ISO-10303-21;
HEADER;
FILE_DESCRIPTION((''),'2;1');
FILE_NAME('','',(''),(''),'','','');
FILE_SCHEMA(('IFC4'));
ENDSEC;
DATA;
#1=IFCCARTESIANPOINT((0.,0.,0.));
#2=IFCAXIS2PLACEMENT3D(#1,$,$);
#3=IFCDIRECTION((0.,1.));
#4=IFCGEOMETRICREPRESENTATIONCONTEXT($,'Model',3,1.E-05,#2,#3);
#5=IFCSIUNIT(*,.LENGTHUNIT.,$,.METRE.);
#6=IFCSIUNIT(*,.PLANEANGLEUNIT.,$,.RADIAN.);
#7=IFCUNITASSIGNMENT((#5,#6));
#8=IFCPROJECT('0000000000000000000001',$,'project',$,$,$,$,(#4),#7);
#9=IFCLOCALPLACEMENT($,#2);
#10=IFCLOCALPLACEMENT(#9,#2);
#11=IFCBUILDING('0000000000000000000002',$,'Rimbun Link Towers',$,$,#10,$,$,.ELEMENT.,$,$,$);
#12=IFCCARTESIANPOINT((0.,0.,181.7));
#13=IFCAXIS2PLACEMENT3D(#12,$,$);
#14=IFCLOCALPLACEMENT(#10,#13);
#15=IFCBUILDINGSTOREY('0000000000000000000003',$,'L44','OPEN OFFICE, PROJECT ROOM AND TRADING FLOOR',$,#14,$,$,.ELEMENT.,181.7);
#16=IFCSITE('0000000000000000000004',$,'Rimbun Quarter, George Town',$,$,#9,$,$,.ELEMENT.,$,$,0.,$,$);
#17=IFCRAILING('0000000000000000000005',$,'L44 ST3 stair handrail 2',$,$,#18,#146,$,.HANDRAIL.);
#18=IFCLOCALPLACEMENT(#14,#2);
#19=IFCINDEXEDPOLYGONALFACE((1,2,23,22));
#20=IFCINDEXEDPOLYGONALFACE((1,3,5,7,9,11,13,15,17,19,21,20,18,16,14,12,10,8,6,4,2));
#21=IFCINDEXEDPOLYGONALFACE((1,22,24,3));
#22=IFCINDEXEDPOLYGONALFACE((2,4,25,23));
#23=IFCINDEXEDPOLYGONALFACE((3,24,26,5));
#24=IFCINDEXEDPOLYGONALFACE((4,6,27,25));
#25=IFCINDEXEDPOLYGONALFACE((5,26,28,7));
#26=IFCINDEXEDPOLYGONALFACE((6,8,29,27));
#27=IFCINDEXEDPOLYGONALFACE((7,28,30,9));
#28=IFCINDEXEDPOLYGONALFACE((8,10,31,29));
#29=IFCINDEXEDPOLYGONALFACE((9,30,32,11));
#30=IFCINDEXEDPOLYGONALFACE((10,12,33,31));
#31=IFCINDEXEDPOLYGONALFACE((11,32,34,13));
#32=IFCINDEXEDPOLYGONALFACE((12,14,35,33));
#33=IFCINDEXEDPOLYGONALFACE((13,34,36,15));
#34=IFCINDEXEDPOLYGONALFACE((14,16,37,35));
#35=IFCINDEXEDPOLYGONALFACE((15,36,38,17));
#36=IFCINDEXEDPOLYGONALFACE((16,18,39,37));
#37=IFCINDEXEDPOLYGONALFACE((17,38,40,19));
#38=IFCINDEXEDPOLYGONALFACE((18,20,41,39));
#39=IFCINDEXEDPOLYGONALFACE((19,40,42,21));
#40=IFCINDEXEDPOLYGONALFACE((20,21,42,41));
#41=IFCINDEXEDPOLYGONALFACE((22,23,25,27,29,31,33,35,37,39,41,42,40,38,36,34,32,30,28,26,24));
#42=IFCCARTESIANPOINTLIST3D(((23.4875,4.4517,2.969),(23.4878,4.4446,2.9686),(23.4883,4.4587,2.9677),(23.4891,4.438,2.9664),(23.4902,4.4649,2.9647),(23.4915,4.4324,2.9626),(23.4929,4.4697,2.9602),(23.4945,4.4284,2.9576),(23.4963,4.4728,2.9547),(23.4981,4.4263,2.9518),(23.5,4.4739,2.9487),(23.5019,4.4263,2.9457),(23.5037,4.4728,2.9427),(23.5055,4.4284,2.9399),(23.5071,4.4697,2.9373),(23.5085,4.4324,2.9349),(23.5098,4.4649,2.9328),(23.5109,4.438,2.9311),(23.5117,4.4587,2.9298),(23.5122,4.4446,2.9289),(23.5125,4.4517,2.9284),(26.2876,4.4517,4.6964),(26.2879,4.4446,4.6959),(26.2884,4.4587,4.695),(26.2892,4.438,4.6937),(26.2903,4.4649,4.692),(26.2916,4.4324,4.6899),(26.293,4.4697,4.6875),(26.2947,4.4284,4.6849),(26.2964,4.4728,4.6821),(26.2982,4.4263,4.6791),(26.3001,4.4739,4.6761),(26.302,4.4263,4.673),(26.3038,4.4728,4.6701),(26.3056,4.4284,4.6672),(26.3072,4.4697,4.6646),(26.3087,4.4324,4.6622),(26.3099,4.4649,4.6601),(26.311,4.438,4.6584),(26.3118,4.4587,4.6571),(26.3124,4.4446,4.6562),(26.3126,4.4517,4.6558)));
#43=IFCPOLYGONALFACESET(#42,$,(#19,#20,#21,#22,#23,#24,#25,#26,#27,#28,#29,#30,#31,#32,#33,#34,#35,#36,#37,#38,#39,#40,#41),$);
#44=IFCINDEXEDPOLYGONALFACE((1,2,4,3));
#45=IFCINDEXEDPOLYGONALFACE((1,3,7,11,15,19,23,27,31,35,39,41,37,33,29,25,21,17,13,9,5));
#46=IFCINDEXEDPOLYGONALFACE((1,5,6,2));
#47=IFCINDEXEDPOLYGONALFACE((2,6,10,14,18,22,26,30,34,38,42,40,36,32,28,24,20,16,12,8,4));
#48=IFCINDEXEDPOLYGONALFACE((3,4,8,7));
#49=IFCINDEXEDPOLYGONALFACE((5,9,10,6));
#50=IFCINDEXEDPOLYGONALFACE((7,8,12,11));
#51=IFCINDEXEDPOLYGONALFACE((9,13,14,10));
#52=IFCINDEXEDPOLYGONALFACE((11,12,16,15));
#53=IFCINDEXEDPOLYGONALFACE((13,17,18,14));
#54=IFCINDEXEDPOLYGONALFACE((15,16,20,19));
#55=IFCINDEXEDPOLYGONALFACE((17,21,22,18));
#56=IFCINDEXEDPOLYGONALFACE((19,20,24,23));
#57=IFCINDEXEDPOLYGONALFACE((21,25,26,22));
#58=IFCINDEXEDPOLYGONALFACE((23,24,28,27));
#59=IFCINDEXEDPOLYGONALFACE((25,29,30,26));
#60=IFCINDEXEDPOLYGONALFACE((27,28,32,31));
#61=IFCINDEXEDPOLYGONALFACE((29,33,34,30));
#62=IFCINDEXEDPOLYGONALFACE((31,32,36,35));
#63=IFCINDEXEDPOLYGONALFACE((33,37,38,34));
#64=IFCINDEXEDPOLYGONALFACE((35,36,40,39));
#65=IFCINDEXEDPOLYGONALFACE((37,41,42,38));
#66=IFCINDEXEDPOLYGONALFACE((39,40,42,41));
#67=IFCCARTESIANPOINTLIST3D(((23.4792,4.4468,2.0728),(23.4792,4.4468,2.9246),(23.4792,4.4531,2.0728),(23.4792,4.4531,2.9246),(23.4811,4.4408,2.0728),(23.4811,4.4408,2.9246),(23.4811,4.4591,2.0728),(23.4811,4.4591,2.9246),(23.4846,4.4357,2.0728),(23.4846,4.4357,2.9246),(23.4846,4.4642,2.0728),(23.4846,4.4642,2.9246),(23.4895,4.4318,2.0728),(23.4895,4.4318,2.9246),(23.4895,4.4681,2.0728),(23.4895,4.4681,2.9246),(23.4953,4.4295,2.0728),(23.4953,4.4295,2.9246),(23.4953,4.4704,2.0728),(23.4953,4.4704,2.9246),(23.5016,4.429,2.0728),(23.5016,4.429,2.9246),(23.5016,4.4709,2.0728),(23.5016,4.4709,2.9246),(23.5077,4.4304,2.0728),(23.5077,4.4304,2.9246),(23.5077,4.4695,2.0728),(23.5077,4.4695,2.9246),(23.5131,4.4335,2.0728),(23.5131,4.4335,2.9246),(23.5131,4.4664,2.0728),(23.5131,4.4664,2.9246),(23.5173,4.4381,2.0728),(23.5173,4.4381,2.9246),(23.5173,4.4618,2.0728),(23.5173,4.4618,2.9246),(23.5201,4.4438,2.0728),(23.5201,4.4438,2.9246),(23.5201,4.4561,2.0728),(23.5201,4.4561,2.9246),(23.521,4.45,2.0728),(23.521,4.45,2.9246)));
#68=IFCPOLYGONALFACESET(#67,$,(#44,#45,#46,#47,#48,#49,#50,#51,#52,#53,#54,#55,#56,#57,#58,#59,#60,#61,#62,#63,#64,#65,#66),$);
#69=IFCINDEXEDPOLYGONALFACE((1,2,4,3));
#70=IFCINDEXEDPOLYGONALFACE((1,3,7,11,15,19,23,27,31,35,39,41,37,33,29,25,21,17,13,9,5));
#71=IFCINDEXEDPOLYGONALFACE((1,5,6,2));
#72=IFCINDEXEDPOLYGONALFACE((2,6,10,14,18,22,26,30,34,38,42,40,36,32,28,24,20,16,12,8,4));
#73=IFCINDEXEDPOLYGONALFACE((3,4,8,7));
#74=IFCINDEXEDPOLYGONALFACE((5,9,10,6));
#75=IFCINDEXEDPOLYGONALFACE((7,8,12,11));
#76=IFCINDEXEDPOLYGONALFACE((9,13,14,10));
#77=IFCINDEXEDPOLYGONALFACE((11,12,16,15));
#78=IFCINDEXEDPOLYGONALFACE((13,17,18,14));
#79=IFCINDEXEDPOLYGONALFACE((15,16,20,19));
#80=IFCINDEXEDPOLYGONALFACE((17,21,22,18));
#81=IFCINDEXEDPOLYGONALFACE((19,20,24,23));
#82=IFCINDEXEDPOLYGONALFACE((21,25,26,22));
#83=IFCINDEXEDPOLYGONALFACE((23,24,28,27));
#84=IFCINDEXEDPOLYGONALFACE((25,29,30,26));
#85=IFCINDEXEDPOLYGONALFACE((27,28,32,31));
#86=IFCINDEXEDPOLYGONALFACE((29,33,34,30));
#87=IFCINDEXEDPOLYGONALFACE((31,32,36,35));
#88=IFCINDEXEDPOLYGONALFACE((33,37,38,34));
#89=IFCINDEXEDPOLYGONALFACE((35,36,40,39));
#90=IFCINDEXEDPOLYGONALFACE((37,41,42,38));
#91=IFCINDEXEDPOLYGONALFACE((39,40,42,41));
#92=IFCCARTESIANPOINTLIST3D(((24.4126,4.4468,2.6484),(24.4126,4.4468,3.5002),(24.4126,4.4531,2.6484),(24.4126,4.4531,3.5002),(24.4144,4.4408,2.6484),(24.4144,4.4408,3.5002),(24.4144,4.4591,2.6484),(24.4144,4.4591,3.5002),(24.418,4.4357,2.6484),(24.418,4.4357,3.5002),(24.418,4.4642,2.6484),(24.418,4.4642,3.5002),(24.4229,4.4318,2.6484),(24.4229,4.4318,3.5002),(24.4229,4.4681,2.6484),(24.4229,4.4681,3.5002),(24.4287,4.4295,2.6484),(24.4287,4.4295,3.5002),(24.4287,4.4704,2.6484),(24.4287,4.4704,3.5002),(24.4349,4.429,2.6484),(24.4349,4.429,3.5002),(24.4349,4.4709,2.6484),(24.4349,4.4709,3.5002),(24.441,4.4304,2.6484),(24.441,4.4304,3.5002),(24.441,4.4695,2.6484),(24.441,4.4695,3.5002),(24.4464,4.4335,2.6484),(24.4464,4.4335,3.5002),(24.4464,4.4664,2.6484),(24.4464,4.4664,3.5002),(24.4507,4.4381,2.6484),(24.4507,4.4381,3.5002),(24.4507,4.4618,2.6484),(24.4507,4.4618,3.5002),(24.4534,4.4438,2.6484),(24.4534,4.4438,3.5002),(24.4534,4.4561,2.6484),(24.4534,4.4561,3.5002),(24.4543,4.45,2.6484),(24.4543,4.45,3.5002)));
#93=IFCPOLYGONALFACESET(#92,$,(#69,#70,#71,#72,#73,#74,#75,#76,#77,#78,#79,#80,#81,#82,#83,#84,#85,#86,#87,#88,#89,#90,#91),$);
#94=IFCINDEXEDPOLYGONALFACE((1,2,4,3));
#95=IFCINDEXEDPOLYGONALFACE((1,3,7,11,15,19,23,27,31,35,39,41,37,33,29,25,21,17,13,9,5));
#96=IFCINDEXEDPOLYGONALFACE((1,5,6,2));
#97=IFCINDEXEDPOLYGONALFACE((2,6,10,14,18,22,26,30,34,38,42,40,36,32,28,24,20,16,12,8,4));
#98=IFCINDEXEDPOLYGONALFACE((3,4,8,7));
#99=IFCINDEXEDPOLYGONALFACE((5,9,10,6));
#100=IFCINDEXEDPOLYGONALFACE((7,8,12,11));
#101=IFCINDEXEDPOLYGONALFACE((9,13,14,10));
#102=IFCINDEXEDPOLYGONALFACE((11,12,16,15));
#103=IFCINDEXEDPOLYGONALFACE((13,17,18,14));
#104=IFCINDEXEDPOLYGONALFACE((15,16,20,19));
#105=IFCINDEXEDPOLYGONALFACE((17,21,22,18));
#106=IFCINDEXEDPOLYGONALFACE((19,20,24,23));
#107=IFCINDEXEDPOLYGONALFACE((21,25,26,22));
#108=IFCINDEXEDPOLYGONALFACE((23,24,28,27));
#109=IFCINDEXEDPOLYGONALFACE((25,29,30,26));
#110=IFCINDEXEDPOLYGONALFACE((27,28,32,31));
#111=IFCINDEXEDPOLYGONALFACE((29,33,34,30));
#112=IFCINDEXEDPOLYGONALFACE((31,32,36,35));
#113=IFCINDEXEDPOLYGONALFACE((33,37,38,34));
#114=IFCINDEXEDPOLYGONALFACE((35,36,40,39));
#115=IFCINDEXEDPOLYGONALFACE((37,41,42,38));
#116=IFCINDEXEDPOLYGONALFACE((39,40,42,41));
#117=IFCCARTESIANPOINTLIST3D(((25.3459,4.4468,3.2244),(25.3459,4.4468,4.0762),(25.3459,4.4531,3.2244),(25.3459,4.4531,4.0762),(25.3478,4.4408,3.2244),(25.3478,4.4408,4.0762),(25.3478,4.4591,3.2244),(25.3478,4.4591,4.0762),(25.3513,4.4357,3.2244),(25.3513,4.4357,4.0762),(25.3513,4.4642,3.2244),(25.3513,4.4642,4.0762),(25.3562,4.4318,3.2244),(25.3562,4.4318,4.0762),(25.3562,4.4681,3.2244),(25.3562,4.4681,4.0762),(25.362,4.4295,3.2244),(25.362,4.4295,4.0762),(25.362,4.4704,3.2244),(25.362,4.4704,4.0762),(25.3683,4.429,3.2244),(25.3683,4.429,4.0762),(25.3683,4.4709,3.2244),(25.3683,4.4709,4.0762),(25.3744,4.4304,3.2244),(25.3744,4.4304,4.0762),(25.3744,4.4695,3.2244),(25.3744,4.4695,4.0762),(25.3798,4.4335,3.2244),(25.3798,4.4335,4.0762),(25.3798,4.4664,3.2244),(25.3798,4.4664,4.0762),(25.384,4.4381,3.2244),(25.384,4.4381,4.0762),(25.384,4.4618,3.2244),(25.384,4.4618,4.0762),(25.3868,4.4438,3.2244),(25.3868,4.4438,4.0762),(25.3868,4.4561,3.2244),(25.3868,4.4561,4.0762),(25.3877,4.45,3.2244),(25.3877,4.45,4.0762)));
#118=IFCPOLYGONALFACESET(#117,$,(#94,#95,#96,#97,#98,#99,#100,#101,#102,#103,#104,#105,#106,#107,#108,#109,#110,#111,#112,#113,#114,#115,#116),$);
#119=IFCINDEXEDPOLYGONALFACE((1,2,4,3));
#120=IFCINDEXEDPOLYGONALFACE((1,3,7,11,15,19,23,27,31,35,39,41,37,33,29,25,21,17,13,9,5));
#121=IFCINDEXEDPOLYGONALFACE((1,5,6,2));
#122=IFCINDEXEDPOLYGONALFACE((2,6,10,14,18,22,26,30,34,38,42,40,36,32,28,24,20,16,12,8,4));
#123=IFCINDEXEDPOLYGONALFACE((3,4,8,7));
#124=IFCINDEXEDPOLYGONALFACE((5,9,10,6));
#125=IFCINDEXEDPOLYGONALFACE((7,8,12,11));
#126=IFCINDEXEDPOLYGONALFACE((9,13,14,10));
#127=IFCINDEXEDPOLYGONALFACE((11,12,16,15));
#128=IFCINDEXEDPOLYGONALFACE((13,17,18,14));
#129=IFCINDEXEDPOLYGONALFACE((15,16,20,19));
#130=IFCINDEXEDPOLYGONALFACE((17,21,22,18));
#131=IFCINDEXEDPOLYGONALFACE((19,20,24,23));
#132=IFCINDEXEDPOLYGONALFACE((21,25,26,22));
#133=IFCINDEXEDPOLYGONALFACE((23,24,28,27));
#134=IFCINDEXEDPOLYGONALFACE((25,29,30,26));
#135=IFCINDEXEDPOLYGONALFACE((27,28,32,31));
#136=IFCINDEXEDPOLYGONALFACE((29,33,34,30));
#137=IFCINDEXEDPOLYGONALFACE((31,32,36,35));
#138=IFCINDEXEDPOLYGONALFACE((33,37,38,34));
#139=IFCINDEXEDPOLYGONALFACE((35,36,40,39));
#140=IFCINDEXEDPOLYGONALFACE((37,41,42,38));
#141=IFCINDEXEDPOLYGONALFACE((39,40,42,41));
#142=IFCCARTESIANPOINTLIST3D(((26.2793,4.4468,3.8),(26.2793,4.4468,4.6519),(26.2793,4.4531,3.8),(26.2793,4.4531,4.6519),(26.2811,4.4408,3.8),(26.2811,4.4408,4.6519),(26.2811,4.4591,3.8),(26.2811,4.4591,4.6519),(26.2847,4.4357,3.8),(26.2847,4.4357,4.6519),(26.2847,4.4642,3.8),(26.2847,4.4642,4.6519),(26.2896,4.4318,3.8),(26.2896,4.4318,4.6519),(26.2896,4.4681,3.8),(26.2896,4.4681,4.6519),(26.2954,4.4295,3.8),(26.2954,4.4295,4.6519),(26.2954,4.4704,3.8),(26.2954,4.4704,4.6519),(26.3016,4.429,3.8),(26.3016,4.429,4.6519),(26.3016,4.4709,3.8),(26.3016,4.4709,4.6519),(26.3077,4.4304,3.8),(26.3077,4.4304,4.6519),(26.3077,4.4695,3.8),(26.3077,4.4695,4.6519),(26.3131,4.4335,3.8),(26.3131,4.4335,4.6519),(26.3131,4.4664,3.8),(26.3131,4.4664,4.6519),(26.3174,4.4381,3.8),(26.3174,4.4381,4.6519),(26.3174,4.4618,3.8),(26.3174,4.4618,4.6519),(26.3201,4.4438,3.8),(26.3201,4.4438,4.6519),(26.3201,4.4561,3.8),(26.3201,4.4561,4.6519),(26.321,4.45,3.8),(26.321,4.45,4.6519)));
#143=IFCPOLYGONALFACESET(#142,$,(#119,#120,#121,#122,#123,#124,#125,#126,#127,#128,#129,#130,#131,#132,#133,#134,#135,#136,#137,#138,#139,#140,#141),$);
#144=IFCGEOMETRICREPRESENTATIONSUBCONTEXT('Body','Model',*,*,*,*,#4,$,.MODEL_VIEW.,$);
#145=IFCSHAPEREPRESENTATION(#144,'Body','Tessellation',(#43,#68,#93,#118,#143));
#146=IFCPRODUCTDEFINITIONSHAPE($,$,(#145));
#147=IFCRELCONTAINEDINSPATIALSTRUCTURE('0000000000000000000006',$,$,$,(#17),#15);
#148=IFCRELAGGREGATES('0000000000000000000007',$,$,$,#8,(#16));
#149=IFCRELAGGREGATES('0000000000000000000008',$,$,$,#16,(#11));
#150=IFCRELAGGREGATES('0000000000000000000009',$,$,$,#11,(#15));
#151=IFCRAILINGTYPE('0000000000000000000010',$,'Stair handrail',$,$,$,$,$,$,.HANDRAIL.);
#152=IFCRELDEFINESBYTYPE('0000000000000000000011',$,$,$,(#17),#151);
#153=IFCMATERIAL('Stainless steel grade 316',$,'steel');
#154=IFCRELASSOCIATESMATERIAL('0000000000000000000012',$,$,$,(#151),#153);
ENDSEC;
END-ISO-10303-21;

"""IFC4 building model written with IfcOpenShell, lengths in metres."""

from ifc_helpers import new_model, si_unit, direction, frame, origin, origin_2d, place, context, subcontext, project, spatial, circle, extrude, material, type_object, element, save


model = new_model("IFC4")

# Units and contexts
model_context = context("Model", 3, precision=1e-05, world=origin(), true_north=direction((0.0, 1.0)))
body_context = subcontext(model_context, "Body", "Model", "MODEL_VIEW")
ifc_project = project(units=[si_unit("LENGTHUNIT", "METRE"), si_unit("PLANEANGLEUNIT", "RADIAN")], contexts=[model_context])

# Site, building, storey
site_placement = place(None, origin())
site = spatial("IfcSite", under=ifc_project, at=site_placement, Name="Rimbun Quarter, George Town", CompositionType="ELEMENT", RefElevation=0.0)
building_placement = place(site_placement, origin())
building = spatial("IfcBuilding", under=site, at=building_placement, Name="Rimbun Link Towers", CompositionType="ELEMENT")
storey_placement = place(building_placement, frame((0.0, 0.0, 181.7)))
storey = spatial("IfcBuildingStorey", under=building, at=storey_placement, Name="L44", Description="OPEN OFFICE, PROJECT ROOM AND TRADING FLOOR", CompositionType="ELEMENT", Elevation=181.7)

# Railing
ifc_material_1 = material(Name="Stainless steel grade 316", Category="steel")
railing_type_1 = type_object("IfcRailingType", Name="Stair handrail", PredefinedType="HANDRAIL", material=ifc_material_1)
railing_1_placement = place(storey_placement, frame((23.5, 4.45, 2.0728)))
element("IfcRailing", 1, at=railing_1_placement, inside=storey, type_object=railing_type_1, Name="L44 ST3 stair handrail 2", PredefinedType="HANDRAIL", context=body_context, shape_type="SweptSolid", body=[
    extrude(circle(Radius=0.0239, at=origin_2d()), frame((0.0, 0.0, 0.876), z_axis=(0.85109, 0.0, 0.52502), x_axis=(0.0, 1.0, 0.0)), (0.0, 0.0, 1.0), 3.29),
    extrude(circle(Radius=0.021, at=origin_2d()), origin(), (0.0, 0.0, 1.0), 0.8518),
    extrude(circle(Radius=0.021, at=origin_2d()), frame((0.9333, 0.0, 0.5757)), (0.0, 0.0, 1.0), 0.8518),
    extrude(circle(Radius=0.021, at=origin_2d()), frame((1.8667, 0.0, 1.1516)), (0.0, 0.0, 1.0), 0.8518),
    extrude(circle(Radius=0.021, at=origin_2d()), frame((2.8, 0.0, 1.7273)), (0.0, 0.0, 1.0), 0.8518),
])

save(model, "model.ifc")
